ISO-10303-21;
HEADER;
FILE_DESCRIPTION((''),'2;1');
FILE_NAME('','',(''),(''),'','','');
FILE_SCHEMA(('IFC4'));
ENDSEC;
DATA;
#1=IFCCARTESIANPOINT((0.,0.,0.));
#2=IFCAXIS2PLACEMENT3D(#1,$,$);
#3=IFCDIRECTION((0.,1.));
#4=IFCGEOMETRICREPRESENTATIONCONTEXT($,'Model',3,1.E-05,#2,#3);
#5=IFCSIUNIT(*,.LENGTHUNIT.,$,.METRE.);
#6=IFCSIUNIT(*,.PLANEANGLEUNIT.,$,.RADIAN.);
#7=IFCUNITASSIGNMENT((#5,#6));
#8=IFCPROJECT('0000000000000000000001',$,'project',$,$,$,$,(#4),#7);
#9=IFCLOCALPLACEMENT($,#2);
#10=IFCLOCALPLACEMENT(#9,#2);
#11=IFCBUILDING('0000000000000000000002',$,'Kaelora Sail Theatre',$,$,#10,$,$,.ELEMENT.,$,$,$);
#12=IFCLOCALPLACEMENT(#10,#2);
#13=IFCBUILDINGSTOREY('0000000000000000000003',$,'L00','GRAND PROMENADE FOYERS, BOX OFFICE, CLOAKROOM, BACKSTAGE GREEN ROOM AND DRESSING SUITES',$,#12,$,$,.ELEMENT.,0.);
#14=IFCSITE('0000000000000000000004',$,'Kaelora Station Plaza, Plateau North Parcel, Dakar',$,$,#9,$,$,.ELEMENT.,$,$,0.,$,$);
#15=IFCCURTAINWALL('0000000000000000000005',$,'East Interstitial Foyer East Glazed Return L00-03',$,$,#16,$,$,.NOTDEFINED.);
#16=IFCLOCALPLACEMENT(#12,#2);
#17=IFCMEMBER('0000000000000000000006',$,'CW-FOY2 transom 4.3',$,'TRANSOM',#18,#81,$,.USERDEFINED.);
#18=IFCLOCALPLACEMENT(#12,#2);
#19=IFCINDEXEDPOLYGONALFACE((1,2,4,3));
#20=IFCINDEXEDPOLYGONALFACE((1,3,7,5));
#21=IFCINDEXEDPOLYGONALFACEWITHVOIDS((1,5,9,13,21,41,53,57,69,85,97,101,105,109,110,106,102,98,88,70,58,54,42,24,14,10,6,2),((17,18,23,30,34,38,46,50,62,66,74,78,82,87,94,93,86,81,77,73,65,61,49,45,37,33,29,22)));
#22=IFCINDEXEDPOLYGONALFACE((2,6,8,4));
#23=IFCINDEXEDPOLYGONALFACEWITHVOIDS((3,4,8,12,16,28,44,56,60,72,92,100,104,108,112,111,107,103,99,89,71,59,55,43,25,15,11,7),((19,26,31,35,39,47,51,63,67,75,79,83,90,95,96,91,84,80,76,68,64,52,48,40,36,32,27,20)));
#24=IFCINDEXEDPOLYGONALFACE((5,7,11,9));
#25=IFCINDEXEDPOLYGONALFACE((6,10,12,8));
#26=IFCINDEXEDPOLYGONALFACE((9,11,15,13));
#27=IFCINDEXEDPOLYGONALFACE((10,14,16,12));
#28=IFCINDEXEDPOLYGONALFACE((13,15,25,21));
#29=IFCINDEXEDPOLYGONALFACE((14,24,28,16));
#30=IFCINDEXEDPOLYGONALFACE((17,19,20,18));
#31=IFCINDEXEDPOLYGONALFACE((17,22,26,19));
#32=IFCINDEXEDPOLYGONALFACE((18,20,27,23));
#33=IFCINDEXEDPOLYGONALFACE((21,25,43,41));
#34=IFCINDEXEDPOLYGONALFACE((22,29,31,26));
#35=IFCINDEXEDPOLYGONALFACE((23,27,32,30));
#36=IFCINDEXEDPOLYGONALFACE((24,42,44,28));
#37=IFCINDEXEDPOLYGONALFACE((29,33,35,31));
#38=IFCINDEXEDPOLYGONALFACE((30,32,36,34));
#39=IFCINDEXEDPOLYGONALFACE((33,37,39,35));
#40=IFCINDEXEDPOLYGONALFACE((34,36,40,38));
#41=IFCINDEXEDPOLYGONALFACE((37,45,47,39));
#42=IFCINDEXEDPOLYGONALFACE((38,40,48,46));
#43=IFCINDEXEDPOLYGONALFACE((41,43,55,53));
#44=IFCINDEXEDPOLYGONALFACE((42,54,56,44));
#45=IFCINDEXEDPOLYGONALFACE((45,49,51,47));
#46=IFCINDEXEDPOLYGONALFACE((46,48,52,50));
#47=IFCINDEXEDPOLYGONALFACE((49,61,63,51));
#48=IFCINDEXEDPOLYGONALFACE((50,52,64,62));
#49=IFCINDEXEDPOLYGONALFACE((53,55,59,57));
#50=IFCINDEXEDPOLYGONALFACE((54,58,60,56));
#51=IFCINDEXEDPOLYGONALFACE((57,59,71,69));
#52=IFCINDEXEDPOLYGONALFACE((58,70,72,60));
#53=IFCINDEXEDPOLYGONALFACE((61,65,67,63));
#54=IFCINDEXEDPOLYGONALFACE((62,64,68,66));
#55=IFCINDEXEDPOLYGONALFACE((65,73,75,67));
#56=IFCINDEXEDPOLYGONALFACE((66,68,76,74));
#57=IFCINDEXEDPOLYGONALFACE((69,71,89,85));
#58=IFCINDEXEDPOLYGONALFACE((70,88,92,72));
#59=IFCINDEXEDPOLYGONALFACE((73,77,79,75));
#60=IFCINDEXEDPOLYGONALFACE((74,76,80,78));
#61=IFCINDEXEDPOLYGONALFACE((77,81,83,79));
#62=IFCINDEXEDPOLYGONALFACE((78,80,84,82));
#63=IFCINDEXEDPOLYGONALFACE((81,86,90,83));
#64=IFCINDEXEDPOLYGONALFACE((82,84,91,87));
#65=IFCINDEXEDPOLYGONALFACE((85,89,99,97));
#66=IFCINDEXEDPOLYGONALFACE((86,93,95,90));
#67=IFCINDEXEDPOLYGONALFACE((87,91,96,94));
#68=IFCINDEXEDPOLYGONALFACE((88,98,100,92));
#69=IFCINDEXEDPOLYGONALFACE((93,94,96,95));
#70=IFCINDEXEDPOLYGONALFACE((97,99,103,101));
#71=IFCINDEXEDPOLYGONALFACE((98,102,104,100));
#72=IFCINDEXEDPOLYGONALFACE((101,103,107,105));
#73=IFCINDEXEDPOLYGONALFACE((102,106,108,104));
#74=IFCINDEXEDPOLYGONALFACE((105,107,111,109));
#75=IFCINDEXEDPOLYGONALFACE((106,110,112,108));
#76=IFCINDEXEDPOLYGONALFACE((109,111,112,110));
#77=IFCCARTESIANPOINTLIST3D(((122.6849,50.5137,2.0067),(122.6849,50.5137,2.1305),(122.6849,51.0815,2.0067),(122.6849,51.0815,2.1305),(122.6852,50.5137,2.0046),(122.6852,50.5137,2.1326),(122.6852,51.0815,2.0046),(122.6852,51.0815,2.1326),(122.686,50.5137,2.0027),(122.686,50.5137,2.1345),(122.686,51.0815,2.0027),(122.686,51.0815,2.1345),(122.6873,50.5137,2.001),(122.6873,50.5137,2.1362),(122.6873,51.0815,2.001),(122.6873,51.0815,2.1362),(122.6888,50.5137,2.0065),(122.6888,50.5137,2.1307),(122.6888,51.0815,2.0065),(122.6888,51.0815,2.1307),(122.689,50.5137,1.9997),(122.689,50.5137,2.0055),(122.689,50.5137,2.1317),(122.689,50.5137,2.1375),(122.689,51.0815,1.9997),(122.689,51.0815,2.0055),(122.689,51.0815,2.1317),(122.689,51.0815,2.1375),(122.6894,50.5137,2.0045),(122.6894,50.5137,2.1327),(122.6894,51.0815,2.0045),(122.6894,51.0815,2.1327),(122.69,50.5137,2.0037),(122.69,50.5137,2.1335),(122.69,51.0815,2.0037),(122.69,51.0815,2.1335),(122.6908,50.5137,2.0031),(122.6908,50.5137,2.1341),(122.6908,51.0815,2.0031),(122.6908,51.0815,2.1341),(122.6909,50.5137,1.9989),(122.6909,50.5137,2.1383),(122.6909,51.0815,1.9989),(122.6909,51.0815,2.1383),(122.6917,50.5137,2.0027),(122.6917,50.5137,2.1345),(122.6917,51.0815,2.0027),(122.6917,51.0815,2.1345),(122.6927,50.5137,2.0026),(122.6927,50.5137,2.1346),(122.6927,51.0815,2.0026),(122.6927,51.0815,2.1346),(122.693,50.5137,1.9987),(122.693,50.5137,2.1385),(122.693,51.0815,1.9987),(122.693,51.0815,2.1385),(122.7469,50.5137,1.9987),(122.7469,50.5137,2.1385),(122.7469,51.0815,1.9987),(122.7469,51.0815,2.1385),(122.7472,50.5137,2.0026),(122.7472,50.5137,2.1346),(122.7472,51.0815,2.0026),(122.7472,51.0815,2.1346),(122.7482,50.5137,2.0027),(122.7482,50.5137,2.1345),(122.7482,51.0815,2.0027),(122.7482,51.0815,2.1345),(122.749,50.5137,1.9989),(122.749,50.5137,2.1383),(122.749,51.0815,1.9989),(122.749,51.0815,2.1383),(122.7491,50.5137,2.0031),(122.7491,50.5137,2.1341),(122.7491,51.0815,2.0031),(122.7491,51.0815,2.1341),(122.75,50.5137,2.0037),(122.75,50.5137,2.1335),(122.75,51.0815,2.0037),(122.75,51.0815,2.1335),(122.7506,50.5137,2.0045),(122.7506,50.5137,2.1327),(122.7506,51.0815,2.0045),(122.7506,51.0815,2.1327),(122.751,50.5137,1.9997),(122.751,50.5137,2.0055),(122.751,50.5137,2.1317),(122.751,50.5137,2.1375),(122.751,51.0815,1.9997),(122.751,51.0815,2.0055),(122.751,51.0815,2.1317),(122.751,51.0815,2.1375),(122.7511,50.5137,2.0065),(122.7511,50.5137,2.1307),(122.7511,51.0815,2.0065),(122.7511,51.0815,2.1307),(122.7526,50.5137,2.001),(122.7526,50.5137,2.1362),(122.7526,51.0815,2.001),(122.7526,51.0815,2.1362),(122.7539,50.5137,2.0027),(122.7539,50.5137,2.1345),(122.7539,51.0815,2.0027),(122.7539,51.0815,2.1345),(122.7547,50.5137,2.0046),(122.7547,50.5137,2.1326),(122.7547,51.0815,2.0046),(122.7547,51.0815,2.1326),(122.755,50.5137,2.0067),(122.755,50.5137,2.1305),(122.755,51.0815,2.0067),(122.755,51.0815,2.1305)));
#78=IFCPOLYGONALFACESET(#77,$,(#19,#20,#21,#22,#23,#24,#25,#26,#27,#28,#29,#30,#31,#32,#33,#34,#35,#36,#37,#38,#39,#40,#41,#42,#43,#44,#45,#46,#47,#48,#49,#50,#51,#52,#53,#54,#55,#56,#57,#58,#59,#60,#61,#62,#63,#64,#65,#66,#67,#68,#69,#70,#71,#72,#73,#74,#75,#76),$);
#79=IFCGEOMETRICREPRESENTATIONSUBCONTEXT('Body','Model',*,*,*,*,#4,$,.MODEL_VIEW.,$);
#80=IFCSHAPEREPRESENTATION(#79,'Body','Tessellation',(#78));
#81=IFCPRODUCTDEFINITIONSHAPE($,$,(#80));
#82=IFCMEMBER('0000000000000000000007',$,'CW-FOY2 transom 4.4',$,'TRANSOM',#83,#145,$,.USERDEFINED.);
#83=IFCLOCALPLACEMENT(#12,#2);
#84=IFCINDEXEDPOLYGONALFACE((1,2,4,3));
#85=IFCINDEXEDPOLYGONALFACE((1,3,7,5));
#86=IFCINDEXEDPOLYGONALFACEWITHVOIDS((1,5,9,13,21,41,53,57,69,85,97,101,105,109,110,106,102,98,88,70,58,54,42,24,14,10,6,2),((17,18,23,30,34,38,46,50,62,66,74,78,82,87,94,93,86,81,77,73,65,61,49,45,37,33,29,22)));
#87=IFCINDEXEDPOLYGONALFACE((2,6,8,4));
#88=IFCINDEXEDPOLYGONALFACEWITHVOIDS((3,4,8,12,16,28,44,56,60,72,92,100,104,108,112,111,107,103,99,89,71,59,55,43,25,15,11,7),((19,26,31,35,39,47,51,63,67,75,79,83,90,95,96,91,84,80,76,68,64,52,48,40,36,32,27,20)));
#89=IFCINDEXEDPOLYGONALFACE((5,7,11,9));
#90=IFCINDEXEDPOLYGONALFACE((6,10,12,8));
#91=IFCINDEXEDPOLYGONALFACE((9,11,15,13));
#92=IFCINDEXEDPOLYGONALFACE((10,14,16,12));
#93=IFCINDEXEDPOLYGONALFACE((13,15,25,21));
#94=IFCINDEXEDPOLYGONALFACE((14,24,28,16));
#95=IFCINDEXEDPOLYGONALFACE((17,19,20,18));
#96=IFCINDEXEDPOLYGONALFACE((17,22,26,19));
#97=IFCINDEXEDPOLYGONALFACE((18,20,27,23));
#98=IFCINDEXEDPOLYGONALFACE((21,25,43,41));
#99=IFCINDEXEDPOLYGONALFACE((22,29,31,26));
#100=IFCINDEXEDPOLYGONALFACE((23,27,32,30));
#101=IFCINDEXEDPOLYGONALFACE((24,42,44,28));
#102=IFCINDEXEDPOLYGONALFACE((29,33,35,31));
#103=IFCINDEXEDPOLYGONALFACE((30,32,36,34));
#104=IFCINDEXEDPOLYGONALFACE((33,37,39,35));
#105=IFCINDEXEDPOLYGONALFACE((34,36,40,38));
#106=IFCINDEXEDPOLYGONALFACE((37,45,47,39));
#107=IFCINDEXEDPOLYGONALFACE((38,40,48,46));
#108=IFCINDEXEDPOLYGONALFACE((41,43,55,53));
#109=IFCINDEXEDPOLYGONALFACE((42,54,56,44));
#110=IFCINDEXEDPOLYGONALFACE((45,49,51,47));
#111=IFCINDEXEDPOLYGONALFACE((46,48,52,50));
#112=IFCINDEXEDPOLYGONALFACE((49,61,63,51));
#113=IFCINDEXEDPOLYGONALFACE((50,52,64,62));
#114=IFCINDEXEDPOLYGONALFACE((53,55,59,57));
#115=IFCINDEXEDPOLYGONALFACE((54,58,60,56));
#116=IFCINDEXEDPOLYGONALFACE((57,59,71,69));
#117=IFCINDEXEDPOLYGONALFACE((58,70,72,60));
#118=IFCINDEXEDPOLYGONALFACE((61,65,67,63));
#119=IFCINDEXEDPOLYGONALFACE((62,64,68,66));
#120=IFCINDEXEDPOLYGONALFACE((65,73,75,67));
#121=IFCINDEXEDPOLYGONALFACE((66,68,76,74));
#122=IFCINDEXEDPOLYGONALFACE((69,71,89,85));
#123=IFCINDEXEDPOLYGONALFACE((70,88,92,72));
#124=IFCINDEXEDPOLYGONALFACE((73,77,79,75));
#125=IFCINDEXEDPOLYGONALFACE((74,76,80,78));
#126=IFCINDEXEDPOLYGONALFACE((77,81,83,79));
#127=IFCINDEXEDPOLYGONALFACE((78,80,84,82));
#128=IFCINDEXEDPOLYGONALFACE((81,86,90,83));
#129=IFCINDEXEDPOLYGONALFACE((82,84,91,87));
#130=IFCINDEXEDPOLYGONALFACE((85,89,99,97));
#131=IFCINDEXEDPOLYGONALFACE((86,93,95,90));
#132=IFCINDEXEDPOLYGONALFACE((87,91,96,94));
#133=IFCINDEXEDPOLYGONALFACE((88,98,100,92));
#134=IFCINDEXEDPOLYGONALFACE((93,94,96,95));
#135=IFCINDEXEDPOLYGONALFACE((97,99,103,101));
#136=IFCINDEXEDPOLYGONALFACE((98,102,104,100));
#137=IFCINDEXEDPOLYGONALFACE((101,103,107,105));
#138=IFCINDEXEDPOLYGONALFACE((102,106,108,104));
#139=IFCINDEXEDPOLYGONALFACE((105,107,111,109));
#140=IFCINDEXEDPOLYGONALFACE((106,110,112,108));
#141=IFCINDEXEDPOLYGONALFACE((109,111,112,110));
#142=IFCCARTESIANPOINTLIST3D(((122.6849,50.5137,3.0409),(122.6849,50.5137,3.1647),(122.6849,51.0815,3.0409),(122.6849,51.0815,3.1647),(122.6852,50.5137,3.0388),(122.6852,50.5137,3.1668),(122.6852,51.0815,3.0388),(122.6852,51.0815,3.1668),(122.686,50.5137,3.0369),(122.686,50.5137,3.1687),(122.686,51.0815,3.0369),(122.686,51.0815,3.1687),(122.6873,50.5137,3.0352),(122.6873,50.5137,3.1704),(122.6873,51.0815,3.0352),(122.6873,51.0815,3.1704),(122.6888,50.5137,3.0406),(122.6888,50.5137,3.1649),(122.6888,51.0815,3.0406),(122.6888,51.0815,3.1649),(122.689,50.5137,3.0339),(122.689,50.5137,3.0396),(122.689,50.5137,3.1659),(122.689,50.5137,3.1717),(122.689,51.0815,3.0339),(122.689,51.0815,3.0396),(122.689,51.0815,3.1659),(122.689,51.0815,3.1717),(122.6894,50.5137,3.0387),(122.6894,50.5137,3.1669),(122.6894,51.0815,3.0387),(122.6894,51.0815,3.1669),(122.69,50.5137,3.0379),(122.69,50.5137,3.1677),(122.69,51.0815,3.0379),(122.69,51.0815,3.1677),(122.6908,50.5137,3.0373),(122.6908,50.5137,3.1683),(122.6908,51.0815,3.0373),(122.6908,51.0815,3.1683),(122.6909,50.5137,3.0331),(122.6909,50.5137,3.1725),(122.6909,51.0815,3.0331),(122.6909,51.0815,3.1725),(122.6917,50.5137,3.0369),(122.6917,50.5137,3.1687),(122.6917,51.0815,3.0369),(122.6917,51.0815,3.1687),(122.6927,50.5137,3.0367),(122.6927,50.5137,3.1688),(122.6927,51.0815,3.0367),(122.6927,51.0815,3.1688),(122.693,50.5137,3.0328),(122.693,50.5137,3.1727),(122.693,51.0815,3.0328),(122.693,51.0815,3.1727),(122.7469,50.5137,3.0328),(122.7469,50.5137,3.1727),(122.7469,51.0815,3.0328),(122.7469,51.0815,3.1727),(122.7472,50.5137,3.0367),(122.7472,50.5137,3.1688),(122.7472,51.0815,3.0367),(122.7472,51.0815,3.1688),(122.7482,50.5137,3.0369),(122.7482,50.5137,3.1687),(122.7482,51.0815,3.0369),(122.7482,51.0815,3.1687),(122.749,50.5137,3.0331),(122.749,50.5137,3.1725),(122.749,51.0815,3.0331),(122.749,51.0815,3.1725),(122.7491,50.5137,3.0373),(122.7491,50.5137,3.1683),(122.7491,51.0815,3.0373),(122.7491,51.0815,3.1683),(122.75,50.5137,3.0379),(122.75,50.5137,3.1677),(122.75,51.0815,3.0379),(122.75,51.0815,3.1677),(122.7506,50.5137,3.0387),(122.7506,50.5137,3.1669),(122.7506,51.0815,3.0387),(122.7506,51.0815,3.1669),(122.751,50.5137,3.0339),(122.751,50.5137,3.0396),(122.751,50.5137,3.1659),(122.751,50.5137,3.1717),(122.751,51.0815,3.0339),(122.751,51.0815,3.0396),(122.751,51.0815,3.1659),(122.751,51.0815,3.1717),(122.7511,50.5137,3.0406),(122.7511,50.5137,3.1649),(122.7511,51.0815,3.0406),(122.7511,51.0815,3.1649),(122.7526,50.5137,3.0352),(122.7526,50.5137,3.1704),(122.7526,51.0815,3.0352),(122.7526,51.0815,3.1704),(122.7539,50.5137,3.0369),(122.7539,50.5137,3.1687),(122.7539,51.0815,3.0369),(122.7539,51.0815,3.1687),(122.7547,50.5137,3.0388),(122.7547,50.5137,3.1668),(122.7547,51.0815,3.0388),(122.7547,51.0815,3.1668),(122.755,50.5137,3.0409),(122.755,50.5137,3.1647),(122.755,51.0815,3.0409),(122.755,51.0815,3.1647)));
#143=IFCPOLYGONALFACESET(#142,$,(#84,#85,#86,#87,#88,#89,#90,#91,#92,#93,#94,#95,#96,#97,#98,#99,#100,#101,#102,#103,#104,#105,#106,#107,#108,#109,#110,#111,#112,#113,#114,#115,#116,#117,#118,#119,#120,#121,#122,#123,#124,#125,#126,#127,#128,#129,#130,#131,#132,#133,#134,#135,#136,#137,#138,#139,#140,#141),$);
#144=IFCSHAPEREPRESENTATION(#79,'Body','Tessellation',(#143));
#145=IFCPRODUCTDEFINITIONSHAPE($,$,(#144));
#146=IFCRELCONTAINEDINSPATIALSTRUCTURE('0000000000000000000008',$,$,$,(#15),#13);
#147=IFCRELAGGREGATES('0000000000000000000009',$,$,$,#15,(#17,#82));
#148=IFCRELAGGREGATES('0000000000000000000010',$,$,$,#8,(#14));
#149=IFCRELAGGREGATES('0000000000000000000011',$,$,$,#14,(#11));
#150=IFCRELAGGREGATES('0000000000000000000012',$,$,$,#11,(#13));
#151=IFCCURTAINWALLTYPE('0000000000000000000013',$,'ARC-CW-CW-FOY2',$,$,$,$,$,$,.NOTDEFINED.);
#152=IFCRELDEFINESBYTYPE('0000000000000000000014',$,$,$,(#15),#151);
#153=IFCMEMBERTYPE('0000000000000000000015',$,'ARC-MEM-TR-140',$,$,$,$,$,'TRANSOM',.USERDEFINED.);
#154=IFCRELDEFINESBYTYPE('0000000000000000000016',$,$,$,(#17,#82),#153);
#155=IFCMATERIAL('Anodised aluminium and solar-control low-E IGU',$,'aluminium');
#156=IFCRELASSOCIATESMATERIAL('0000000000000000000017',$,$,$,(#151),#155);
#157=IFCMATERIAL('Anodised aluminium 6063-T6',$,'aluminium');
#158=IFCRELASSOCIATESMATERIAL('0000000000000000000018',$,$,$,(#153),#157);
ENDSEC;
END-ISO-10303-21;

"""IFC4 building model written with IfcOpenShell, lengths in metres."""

from ifc_helpers import new_model, si_unit, direction, frame, origin, origin_2d, place, context, subcontext, project, spatial, hollow_rectangle, extrude, material, material_profile, profile_set, type_object, element, aggregate, save


model = new_model("IFC4")

# Units and contexts
model_context = context("Model", 3, precision=1e-05, world=origin(), true_north=direction((0.0, 1.0)))
body_context = subcontext(model_context, "Body", "Model", "MODEL_VIEW")
ifc_project = project(units=[si_unit("LENGTHUNIT", "METRE"), si_unit("PLANEANGLEUNIT", "RADIAN")], contexts=[model_context])

# Site, building, storey
site_placement = place(None, origin())
site = spatial("IfcSite", under=ifc_project, at=site_placement, Name="Kaelora Station Plaza, Plateau North Parcel, Dakar", CompositionType="ELEMENT", RefElevation=0.0)
building_placement = place(site_placement, origin())
building = spatial("IfcBuilding", under=site, at=building_placement, Name="Kaelora Sail Theatre", CompositionType="ELEMENT")
storey_placement = place(building_placement, origin())
storey = spatial("IfcBuildingStorey", under=building, at=storey_placement, Name="L00", Description="GRAND PROMENADE FOYERS, BOX OFFICE, CLOAKROOM, BACKSTAGE GREEN ROOM AND DRESSING SUITES", CompositionType="ELEMENT", Elevation=0.0)

# Curtain wall, members
ifc_material_1 = material(Name="Anodised aluminium and solar-control low-E IGU", Category="aluminium")
curtain_wall_type = type_object("IfcCurtainWallType", Name="ARC-CW-CW-FOY2", PredefinedType="NOTDEFINED", material=ifc_material_1)
curtain_wall_placement = place(storey_placement, origin())
curtain_wall = element("IfcCurtainWall", 1, at=curtain_wall_placement, inside=storey, type_object=curtain_wall_type, Name="East Interstitial Foyer East Glazed Return L00-03", PredefinedType="NOTDEFINED")
ifc_material_2 = material(Name="Anodised aluminium 6063-T6", Category="aluminium")
ifc_material_profile = material_profile(ifc_material_2, hollow_rectangle(XDim=0.0701, YDim=0.1399, WallThickness=0.0039, InnerFilletRadius=0.0039, OuterFilletRadius=0.0081, at=origin_2d()), Name="ALU-TRAN 70x140x4")
ifc_profile_set = profile_set([ifc_material_profile], Name="Anodised aluminium 6063-T6")
member_type = type_object("IfcMemberType", Name="ARC-MEM-TR-140", ElementType="TRANSOM", PredefinedType="USERDEFINED", material=ifc_profile_set)
member_1_placement = place(storey_placement, frame((122.72, 50.5137, 2.0686), z_axis=(0.0, 1.0, 0.0), x_axis=(-1.0, 0.0, 0.0)))
member_1 = element("IfcMember", 2, at=member_1_placement, type_object=member_type, Name="CW-FOY2 transom 4.3", ObjectType="TRANSOM", PredefinedType="USERDEFINED", context=body_context, shape_type="SweptSolid", body=[
    extrude(hollow_rectangle(XDim=0.0701, YDim=0.1399, WallThickness=0.0039, InnerFilletRadius=0.0039, OuterFilletRadius=0.0081, at=origin_2d()), origin(), (0.0, 0.0, 1.0), 0.5679),
])
member_2_placement = place(storey_placement, frame((122.72, 50.5137, 3.1028), z_axis=(0.0, 1.0, 0.0), x_axis=(-1.0, 0.0, 0.0)))
member_2 = element("IfcMember", 3, at=member_2_placement, type_object=member_type, Name="CW-FOY2 transom 4.4", ObjectType="TRANSOM", PredefinedType="USERDEFINED", context=body_context, shape_type="SweptSolid", body=[
    extrude(hollow_rectangle(XDim=0.0701, YDim=0.1399, WallThickness=0.0039, InnerFilletRadius=0.0039, OuterFilletRadius=0.0081, at=origin_2d()), origin(), (0.0, 0.0, 1.0), 0.5679),
])
aggregate(curtain_wall, [member_1, member_2])

save(model, "model.ifc")
